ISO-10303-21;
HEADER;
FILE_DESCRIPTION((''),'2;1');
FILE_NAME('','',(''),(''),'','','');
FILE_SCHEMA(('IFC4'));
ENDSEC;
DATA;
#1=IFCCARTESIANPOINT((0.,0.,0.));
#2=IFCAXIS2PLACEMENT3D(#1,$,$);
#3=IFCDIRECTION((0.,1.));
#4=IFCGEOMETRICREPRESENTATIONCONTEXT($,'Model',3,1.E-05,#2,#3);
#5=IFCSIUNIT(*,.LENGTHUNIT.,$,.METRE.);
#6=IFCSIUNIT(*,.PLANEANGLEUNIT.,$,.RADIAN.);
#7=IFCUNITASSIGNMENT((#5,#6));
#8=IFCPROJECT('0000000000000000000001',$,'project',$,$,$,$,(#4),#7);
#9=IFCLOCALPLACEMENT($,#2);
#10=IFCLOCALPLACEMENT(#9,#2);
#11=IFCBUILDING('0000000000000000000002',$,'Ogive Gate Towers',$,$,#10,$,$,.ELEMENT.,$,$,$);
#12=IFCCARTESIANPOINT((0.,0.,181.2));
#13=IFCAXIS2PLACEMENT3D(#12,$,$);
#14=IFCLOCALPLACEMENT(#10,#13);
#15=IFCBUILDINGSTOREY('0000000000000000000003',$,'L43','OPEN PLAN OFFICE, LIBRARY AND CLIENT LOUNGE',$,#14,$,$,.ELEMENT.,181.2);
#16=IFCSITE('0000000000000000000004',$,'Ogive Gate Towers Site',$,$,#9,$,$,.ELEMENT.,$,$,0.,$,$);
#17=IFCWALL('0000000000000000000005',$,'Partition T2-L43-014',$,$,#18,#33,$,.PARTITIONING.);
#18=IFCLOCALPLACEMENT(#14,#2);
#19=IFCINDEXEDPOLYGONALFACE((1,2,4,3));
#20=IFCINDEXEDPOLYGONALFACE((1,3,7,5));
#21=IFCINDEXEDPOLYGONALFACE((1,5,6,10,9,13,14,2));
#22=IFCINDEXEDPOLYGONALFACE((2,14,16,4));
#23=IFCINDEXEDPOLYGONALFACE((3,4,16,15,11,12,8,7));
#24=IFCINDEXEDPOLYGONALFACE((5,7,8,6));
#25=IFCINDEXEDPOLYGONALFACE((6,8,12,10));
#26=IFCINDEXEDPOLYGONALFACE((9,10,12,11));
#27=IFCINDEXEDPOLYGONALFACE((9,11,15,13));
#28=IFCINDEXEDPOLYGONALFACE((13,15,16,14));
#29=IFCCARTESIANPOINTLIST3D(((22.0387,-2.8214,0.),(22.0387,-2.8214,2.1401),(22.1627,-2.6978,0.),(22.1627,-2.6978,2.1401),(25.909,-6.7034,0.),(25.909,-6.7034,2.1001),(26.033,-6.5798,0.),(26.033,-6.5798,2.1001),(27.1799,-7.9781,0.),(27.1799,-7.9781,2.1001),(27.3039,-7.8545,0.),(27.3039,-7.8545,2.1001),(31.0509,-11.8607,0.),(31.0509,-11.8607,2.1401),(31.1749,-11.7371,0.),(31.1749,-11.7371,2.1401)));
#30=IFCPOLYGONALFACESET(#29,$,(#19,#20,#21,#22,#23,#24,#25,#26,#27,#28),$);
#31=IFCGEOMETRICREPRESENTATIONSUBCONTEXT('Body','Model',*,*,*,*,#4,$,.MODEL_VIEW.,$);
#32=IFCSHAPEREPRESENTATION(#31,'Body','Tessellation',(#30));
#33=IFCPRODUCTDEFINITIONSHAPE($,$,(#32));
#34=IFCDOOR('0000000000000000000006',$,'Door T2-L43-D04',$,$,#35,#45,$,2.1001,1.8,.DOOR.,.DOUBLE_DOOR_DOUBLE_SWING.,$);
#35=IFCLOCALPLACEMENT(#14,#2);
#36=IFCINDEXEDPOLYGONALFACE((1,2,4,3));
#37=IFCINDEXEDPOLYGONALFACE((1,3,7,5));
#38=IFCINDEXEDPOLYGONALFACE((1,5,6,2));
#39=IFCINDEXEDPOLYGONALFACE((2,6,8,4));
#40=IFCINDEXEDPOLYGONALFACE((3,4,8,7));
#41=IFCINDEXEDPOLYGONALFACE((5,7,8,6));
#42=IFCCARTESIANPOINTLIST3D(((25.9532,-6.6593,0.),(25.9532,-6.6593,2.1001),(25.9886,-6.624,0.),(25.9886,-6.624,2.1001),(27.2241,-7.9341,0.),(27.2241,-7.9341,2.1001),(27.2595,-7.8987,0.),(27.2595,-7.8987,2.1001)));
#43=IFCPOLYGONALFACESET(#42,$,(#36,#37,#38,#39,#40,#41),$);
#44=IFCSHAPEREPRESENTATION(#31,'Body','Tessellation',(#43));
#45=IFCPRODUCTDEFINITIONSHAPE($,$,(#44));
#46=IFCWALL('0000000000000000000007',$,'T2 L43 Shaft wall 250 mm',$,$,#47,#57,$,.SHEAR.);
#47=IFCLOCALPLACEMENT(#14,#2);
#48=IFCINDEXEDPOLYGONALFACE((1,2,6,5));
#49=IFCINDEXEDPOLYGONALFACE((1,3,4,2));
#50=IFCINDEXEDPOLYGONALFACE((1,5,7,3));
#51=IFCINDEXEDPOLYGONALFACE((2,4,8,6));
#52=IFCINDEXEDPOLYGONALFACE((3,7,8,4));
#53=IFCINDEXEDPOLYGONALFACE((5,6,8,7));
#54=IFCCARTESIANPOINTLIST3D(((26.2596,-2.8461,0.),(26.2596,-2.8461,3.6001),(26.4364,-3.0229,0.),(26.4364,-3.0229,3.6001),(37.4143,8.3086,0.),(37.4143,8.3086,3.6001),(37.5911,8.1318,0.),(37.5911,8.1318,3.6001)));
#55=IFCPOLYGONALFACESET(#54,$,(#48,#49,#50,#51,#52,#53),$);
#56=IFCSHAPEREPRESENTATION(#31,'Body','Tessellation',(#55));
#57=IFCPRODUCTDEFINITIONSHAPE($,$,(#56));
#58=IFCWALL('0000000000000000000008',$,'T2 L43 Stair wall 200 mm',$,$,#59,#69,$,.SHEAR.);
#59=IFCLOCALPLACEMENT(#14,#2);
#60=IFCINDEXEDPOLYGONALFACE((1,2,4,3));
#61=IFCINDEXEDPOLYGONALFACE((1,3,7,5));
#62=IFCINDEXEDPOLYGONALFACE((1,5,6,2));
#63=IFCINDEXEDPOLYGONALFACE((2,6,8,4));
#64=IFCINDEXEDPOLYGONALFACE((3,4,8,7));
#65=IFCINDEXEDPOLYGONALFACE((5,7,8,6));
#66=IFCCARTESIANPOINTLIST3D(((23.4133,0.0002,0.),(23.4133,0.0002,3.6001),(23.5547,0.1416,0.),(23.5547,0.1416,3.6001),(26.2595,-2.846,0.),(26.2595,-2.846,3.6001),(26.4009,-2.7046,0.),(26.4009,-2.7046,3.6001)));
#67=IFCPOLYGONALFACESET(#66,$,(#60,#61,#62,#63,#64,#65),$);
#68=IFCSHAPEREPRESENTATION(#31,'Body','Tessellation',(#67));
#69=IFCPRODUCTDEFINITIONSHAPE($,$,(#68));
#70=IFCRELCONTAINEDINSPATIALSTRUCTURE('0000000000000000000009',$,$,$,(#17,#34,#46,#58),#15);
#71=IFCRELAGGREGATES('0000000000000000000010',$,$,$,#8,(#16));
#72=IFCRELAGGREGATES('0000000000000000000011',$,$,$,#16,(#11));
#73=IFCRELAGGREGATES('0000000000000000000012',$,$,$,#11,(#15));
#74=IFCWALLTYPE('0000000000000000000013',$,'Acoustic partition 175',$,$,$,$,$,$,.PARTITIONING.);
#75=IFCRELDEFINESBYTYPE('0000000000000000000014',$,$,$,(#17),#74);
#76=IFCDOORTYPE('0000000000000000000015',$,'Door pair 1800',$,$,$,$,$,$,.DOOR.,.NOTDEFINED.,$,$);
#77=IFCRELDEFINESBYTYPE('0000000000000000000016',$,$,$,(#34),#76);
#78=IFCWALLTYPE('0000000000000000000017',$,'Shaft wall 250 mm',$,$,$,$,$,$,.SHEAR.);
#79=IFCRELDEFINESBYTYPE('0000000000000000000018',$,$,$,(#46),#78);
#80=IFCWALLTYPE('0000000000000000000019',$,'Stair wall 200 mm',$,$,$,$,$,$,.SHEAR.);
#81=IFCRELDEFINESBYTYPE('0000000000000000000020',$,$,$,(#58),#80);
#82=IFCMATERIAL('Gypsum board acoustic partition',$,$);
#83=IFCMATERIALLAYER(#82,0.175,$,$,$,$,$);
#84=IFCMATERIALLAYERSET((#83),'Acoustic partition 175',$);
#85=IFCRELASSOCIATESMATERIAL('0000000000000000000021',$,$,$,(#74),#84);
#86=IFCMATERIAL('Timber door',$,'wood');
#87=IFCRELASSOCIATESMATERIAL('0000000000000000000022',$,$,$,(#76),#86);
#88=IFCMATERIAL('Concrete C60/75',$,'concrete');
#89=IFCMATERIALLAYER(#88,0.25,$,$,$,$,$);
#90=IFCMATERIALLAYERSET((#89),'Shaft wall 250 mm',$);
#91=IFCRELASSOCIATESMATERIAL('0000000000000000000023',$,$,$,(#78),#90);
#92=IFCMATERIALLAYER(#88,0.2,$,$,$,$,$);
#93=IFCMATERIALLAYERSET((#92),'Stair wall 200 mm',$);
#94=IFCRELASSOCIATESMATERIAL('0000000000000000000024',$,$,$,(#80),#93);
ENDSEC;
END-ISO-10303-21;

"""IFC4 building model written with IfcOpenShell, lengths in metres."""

from ifc_helpers import new_model, si_unit, direction, frame, frame_2d, origin, place, context, subcontext, project, spatial, rectangle, extrude, material, layer, layer_set, type_object, element, fill, save


model = new_model("IFC4")

# Units and contexts
model_context = context("Model", 3, precision=1e-05, world=origin(), true_north=direction((0.0, 1.0)))
body_context = subcontext(model_context, "Body", "Model", "MODEL_VIEW")
ifc_project = project(units=[si_unit("LENGTHUNIT", "METRE"), si_unit("PLANEANGLEUNIT", "RADIAN")], contexts=[model_context])

# Site, building, storey
site_placement = place(None, origin())
site = spatial("IfcSite", under=ifc_project, at=site_placement, Name="Ogive Gate Towers Site", CompositionType="ELEMENT", RefElevation=0.0)
building_placement = place(site_placement, origin())
building = spatial("IfcBuilding", under=site, at=building_placement, Name="Ogive Gate Towers", CompositionType="ELEMENT")
storey_placement = place(building_placement, frame((0.0, 0.0, 181.2)))
storey = spatial("IfcBuildingStorey", under=building, at=storey_placement, Name="L43", Description="OPEN PLAN OFFICE, LIBRARY AND CLIENT LOUNGE", CompositionType="ELEMENT", Elevation=181.2)

# Shared definitions
ifc_material_1 = material(Name="Gypsum board acoustic partition")
ifc_layer_1 = layer(ifc_material_1, 0.175)
ifc_layer_set_1 = layer_set([ifc_layer_1], Name="Acoustic partition 175")
wall_type_1 = type_object("IfcWallType", Name="Acoustic partition 175", PredefinedType="PARTITIONING", material=ifc_layer_set_1)

# Wall, opening, door
wall_1_placement = place(storey_placement, frame((22.1006, -2.7595, 0.0), z_axis=(0.0, 0.0, 1.0), x_axis=(0.706044, -0.708168, 0.0)))
wall_1 = element("IfcWall", 1, at=wall_1_placement, inside=storey, type_object=wall_type_1, Name="Partition T2-L43-014", PredefinedType="PARTITIONING", context=body_context, shape_type="SweptSolid", body=[
    extrude(rectangle(XDim=12.7644, YDim=0.175, at=frame_2d((6.3823, 0.0))), origin(), (0.0, 0.0, 1.0), 2.1401),
])
opening_placement = place(wall_1_placement, frame((5.4819, 0.0, 0.0)))
opening = element("IfcOpeningElement", 2, at=opening_placement, cuts=wall_1, PredefinedType="OPENING", context=body_context, shape_type="SweptSolid", body=[
    extrude(rectangle(XDim=1.8, YDim=2.1001, at=frame_2d((0.8999, 1.05))), frame((0.0, 0.0977, 0.0), z_axis=(0.0, -1.0, 0.0), x_axis=(1.0, 0.0, 0.0)), (0.0, 0.0, 1.0), 0.1951),
])
ifc_material_2 = material(Name="Timber door", Category="wood")
door_type = type_object("IfcDoorType", Name="Door pair 1800", OperationType="NOTDEFINED", PredefinedType="DOOR", material=ifc_material_2)
door_placement = place(opening_placement, origin())
door = element("IfcDoor", 3, at=door_placement, inside=storey, type_object=door_type, Name="Door T2-L43-D04", OperationType="DOUBLE_DOOR_DOUBLE_SWING", OverallHeight=2.1001, OverallWidth=1.8, PredefinedType="DOOR", context=body_context, shape_type="SweptSolid", body=[
    extrude(rectangle(XDim=1.8, YDim=2.1001, at=frame_2d((0.8999, 1.05))), frame((0.0, 0.0249, 0.0), z_axis=(0.0, -1.0, 0.0), x_axis=(1.0, 0.0, 0.0)), (0.0, 0.0, 1.0), 0.05),
])
fill(opening, door)

# Walls
ifc_material_3 = material(Name="Concrete C60/75", Category="concrete")
ifc_layer_2 = layer(ifc_material_3, 0.25)
ifc_layer_set_2 = layer_set([ifc_layer_2], Name="Shaft wall 250 mm")
wall_type_2 = type_object("IfcWallType", Name="Shaft wall 250 mm", PredefinedType="SHEAR", material=ifc_layer_set_2)
wall_2_placement = place(storey_placement, frame((26.3479, -2.9346, 0.0), z_axis=(0.0, 0.0, 1.0), x_axis=(0.707107, 0.707107, 0.0)))
element("IfcWall", 4, at=wall_2_placement, inside=storey, type_object=wall_type_2, Name="T2 L43 Shaft wall 250 mm", PredefinedType="SHEAR", context=body_context, shape_type="SweptSolid", body=[
    extrude(rectangle(XDim=15.7751, YDim=0.25, at=frame_2d((7.8877, 0.0))), origin(), (0.0, 0.0, 1.0), 3.6001),
])
ifc_layer_3 = layer(ifc_material_3, 0.2)
ifc_layer_set_3 = layer_set([ifc_layer_3], Name="Stair wall 200 mm")
wall_type_3 = type_object("IfcWallType", Name="Stair wall 200 mm", PredefinedType="SHEAR", material=ifc_layer_set_3)
wall_3_placement = place(storey_placement, frame((26.3303, -2.7754, 0.0), z_axis=(0.0, 0.0, 1.0), x_axis=(-0.707107, 0.707107, 0.0)))
element("IfcWall", 5, at=wall_3_placement, inside=storey, type_object=wall_type_3, Name="T2 L43 Stair wall 200 mm", PredefinedType="SHEAR", context=body_context, shape_type="SweptSolid", body=[
    extrude(rectangle(XDim=4.0251, YDim=0.2, at=frame_2d((2.0127, 0.0))), origin(), (0.0, 0.0, 1.0), 3.6001),
])

save(model, "model.ifc")
